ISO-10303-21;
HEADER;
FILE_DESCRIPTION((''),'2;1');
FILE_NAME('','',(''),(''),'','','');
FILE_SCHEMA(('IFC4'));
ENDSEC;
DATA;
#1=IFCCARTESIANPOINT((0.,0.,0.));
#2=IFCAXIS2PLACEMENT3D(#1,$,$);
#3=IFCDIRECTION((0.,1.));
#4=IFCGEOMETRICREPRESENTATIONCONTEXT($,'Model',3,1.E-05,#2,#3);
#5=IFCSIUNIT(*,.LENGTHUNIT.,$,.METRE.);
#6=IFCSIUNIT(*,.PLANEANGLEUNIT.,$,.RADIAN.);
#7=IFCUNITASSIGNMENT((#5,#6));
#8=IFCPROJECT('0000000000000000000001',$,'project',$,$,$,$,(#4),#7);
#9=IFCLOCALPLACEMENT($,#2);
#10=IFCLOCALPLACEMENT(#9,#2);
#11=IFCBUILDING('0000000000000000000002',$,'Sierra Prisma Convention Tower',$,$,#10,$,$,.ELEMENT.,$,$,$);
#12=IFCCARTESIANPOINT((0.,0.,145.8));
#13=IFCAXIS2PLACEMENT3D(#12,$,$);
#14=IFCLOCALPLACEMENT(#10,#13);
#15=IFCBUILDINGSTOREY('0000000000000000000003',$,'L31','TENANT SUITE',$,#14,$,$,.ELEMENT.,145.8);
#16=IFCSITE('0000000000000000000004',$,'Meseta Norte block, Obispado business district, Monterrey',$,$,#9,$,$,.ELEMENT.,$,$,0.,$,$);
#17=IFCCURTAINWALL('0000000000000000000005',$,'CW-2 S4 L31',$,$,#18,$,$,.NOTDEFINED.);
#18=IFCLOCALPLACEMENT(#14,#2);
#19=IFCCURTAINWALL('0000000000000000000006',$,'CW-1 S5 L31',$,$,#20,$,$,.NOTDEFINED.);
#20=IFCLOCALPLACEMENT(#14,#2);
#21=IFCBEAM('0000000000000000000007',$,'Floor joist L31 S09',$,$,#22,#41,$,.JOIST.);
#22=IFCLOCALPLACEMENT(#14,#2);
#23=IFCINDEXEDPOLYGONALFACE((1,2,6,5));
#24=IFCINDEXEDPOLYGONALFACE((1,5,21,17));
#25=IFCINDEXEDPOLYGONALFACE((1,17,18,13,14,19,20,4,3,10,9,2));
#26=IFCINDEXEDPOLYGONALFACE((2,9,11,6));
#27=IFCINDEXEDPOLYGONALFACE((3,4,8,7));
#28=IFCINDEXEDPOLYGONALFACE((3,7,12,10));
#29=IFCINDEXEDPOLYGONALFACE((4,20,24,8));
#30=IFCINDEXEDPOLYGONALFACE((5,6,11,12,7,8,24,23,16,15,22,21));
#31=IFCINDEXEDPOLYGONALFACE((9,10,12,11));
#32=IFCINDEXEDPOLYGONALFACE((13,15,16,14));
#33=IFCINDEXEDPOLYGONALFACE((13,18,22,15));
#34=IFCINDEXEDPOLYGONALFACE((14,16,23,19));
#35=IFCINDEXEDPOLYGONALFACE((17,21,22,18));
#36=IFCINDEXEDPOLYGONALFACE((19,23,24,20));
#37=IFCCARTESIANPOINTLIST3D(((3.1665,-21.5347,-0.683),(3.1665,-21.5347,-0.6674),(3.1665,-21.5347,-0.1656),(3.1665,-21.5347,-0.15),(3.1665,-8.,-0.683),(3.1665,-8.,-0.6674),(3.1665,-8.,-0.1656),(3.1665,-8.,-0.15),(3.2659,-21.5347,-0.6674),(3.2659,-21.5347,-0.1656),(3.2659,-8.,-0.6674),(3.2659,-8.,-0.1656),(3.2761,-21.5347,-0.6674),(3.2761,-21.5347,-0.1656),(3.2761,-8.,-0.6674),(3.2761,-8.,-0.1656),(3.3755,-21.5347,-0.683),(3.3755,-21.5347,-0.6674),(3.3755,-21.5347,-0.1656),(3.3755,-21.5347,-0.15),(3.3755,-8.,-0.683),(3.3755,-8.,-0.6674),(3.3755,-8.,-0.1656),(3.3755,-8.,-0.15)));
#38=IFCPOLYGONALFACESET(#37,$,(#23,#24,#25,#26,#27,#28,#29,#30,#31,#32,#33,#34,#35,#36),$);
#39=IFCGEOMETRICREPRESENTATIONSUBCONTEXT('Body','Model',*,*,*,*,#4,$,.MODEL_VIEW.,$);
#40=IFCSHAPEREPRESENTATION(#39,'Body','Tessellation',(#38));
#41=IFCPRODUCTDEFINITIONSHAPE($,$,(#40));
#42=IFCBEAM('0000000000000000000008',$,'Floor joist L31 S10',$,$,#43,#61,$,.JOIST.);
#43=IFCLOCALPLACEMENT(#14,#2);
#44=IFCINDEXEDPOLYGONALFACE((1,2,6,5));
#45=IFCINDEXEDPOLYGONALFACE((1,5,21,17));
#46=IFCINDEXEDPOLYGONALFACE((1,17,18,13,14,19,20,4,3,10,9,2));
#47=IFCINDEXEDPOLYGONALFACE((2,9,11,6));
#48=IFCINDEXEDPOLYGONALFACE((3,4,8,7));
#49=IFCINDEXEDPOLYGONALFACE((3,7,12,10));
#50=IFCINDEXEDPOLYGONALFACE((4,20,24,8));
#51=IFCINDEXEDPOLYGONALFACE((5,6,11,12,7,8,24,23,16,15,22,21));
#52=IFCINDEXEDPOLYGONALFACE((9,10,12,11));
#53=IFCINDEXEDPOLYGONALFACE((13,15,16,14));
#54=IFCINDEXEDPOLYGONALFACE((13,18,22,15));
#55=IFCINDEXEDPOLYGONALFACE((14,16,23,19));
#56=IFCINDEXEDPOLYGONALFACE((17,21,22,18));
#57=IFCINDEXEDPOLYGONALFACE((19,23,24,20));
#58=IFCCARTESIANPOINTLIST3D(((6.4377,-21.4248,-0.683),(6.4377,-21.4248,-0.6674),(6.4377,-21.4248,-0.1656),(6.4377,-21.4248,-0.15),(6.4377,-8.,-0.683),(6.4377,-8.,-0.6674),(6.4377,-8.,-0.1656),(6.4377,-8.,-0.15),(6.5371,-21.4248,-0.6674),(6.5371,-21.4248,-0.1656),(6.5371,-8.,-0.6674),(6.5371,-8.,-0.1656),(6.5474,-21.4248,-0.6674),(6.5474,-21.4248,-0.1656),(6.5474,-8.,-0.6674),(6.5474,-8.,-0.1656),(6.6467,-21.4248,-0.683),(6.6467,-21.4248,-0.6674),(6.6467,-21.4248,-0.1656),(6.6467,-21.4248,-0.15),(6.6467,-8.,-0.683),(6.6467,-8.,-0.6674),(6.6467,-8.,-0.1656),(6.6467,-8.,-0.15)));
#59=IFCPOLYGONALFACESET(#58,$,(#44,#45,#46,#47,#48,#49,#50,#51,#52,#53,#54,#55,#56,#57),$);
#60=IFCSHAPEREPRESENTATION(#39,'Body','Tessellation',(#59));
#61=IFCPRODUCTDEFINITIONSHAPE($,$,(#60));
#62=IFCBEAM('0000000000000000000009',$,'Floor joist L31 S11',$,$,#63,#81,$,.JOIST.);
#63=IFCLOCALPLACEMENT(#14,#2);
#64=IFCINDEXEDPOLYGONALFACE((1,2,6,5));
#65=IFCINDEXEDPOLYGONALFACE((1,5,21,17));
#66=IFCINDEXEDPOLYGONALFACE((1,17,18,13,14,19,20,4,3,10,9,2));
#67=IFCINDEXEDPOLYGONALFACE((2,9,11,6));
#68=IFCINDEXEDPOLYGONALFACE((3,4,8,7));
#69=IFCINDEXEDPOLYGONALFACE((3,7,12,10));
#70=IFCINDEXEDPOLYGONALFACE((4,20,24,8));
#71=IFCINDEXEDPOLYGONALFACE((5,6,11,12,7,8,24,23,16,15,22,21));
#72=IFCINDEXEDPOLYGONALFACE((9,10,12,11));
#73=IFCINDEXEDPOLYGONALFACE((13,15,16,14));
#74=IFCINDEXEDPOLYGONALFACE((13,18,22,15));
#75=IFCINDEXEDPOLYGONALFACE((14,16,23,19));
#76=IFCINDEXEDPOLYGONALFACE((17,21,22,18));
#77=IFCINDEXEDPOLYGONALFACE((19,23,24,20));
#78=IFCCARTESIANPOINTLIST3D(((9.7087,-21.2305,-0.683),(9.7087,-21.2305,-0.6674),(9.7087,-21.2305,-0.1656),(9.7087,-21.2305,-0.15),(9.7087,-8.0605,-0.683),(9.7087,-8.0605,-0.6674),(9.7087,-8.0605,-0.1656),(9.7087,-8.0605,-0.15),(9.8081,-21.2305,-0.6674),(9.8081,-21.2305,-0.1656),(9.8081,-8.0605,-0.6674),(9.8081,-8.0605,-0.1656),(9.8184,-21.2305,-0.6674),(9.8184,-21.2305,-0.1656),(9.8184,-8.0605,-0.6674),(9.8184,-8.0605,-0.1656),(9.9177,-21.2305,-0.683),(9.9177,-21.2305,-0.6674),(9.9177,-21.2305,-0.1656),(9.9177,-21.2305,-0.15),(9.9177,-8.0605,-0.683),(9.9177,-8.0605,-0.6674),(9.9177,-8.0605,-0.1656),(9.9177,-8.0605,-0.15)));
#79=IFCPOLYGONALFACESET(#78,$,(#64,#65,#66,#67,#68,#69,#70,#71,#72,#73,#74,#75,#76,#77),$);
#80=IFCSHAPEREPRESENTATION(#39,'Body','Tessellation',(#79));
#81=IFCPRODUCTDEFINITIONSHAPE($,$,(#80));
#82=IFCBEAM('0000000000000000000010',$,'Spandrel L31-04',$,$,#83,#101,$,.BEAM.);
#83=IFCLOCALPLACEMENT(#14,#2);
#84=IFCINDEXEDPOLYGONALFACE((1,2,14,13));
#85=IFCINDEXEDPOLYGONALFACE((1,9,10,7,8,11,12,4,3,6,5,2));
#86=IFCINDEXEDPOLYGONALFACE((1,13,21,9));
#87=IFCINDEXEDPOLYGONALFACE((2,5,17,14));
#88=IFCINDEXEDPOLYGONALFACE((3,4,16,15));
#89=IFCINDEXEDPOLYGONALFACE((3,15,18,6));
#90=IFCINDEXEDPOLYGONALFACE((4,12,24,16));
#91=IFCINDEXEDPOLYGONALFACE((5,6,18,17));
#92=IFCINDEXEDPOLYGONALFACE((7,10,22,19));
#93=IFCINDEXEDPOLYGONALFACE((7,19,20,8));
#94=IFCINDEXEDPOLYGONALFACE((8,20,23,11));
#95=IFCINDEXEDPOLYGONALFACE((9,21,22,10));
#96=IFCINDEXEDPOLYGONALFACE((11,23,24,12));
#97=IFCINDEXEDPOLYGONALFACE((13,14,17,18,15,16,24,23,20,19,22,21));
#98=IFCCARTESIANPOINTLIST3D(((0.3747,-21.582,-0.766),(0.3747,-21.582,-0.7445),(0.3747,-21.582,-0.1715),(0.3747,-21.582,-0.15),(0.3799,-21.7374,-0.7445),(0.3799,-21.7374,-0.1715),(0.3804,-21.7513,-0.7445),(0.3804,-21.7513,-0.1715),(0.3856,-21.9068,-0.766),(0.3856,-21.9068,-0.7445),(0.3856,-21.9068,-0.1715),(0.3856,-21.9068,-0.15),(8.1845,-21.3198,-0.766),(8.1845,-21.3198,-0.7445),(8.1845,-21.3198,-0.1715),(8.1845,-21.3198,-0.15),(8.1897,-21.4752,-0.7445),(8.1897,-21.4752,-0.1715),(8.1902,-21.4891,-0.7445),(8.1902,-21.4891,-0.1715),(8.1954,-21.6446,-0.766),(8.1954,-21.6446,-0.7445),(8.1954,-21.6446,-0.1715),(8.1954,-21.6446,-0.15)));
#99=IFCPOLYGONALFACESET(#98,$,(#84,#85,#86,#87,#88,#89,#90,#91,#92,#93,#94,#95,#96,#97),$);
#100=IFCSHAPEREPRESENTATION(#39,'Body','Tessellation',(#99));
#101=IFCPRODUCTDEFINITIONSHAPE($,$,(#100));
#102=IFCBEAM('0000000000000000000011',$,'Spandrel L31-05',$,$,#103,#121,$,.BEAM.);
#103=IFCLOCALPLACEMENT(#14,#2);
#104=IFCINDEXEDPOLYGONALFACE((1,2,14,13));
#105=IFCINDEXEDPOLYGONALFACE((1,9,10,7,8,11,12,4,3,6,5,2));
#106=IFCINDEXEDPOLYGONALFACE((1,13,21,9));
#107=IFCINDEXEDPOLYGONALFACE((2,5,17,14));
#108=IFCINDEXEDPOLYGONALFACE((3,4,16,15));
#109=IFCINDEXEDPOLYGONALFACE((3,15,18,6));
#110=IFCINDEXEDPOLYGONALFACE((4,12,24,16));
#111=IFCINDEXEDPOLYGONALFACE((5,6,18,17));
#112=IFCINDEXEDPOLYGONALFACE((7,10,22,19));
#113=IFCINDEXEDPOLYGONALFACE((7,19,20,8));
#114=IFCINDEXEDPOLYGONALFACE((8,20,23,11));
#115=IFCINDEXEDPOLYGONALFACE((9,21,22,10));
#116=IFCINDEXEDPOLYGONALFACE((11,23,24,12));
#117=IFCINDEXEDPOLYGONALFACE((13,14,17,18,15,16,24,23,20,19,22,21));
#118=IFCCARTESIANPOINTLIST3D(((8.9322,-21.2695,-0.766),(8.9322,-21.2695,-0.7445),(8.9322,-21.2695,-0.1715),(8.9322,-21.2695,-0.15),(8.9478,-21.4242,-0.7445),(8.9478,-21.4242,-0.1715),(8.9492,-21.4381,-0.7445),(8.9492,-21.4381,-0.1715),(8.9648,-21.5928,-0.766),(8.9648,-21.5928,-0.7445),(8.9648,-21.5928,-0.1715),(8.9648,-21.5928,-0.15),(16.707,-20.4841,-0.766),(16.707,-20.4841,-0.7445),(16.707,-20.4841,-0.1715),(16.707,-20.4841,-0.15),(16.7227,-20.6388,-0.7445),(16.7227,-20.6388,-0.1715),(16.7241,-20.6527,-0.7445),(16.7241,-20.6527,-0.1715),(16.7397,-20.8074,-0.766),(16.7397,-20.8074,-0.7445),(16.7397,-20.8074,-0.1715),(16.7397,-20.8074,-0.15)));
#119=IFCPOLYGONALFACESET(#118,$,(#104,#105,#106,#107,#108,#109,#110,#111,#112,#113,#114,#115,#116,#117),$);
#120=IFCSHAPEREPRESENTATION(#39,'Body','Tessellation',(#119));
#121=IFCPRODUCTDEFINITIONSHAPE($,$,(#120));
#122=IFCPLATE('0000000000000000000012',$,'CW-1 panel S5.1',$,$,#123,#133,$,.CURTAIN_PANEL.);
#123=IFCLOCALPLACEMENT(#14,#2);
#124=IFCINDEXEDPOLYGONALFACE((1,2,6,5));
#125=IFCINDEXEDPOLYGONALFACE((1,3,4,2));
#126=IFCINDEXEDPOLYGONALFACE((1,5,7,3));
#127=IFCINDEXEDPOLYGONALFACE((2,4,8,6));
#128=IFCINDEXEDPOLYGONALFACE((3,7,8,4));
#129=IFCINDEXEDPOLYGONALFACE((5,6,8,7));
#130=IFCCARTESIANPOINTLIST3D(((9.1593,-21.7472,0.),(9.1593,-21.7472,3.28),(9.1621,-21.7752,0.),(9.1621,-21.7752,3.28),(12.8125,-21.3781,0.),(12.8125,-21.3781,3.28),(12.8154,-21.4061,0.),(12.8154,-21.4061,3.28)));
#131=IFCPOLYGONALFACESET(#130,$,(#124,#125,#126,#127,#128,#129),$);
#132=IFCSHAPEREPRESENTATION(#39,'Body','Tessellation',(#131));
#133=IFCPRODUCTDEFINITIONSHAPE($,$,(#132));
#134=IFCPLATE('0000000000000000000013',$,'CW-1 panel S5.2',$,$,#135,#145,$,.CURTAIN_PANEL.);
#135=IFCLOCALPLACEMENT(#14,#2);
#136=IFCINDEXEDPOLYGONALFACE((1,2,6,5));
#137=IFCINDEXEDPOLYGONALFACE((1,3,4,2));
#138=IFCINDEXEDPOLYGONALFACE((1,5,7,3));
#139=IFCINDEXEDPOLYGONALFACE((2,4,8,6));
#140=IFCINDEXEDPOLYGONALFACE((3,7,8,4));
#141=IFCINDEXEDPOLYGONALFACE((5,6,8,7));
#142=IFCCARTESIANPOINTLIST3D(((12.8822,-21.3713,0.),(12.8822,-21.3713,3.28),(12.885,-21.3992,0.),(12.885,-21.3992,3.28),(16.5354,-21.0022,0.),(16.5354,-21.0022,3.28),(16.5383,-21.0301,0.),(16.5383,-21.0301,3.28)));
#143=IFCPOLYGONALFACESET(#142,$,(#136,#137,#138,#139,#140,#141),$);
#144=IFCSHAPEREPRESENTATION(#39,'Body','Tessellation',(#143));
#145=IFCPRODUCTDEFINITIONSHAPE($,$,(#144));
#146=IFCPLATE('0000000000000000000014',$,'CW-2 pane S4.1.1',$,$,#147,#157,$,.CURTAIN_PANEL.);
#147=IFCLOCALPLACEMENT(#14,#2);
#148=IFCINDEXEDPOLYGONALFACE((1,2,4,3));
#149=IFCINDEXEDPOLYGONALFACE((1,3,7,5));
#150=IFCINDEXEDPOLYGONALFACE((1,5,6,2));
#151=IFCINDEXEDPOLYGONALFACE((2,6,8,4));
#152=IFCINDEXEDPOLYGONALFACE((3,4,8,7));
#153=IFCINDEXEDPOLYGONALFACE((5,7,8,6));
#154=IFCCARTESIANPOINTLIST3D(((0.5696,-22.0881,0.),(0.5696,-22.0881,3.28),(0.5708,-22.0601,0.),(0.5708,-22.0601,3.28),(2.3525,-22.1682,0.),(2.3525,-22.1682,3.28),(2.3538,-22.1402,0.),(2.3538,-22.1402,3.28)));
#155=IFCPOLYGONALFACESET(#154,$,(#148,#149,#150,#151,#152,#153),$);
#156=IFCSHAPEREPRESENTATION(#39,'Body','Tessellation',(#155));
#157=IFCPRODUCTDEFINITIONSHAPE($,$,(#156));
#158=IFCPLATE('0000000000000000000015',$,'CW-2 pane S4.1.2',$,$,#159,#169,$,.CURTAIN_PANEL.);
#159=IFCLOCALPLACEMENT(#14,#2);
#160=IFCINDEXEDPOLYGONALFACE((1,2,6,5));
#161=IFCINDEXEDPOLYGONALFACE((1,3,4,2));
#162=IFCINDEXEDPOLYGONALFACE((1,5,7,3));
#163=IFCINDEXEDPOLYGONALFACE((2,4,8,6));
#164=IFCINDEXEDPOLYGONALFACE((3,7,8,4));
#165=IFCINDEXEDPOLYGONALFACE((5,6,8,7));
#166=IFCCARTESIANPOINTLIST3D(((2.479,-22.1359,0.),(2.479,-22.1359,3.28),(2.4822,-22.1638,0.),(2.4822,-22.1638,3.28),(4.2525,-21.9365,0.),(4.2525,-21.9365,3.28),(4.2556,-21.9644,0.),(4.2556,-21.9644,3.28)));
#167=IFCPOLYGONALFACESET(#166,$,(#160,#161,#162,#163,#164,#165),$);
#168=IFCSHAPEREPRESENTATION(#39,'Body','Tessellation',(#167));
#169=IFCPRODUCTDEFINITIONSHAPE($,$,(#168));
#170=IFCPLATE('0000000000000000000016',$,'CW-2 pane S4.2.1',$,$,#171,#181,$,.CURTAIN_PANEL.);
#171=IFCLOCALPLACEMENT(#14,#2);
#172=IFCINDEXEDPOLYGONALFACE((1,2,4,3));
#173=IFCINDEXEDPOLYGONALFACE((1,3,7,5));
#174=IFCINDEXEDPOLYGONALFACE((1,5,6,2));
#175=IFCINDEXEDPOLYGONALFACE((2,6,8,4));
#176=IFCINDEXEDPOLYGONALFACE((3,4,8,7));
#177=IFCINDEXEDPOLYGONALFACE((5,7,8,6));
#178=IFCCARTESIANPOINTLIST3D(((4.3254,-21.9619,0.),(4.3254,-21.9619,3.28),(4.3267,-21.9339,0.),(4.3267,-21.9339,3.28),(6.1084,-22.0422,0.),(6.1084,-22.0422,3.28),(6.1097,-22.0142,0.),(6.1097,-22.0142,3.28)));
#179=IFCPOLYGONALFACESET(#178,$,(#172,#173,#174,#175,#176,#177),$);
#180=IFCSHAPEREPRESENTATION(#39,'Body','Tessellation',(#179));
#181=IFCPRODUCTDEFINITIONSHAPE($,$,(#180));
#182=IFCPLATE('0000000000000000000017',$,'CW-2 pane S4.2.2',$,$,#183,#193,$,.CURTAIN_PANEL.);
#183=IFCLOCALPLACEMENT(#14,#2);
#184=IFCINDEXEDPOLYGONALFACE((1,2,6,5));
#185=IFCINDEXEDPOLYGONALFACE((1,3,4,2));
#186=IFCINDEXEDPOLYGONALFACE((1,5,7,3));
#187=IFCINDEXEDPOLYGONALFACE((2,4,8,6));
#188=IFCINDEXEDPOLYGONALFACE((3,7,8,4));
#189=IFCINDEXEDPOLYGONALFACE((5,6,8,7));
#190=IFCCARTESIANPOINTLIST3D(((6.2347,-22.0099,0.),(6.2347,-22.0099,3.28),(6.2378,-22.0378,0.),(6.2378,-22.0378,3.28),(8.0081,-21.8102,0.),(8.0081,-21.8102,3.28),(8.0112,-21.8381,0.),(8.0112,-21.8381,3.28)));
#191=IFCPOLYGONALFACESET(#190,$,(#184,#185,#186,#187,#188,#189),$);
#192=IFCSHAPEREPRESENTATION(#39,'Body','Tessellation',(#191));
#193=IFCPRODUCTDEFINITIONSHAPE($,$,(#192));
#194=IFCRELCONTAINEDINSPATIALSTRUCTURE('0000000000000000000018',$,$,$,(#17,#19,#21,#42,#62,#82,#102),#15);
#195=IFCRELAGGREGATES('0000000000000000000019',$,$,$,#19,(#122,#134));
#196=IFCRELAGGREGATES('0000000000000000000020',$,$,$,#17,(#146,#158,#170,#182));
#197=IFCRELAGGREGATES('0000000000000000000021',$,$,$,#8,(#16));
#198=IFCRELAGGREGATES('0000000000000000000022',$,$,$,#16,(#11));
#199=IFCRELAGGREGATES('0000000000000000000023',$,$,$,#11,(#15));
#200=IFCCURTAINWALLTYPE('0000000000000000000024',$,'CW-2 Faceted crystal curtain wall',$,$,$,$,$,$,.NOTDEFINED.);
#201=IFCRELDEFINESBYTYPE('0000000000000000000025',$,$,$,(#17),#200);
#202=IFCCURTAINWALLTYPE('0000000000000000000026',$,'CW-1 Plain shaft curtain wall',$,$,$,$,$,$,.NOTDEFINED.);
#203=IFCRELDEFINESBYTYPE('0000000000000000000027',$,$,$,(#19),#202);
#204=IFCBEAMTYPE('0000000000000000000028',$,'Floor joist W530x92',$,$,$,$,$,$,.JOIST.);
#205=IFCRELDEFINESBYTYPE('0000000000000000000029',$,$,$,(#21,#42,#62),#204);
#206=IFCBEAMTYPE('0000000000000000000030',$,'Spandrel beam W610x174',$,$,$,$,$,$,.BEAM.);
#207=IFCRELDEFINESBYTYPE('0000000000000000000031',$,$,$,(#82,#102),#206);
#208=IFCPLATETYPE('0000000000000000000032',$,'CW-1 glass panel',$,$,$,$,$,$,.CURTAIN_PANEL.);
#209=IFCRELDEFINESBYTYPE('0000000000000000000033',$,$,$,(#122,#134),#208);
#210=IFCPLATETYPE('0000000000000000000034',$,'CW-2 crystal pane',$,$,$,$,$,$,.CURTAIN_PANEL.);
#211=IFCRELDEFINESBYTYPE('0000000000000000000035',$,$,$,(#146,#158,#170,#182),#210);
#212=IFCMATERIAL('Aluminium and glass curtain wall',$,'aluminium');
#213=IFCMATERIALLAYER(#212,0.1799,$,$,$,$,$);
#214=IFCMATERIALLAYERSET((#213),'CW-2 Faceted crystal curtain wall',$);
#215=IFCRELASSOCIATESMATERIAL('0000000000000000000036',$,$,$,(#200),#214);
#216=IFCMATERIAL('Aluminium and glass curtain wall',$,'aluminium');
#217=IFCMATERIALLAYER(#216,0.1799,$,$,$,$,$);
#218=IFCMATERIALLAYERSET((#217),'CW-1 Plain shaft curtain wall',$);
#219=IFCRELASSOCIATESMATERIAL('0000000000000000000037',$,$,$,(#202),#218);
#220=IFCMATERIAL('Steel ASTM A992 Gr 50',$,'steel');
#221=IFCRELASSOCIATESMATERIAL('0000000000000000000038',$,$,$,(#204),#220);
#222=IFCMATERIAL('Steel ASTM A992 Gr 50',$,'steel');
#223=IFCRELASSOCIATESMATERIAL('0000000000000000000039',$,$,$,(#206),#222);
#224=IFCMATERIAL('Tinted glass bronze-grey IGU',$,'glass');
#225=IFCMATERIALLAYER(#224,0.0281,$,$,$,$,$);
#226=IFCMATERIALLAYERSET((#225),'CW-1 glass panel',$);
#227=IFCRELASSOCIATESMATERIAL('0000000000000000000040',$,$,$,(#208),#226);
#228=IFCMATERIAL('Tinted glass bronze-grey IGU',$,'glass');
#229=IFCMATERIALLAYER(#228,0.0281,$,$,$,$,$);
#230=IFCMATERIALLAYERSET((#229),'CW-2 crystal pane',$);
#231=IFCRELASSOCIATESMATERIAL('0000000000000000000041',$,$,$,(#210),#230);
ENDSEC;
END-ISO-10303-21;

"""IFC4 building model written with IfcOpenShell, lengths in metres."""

from ifc_helpers import new_model, si_unit, direction, frame, origin, origin_2d, place, context, subcontext, project, spatial, polyline, rectangle, i_section, outline, extrude, material, layer, layer_set, material_profile, profile_set, type_object, element, aggregate, save


model = new_model("IFC4")

# Units and contexts
model_context = context("Model", 3, precision=1e-05, world=origin(), true_north=direction((0.0, 1.0)))
body_context = subcontext(model_context, "Body", "Model", "MODEL_VIEW")
ifc_project = project(units=[si_unit("LENGTHUNIT", "METRE"), si_unit("PLANEANGLEUNIT", "RADIAN")], contexts=[model_context])

# Site, building, storey
site_placement = place(None, origin())
site = spatial("IfcSite", under=ifc_project, at=site_placement, Name="Meseta Norte block, Obispado business district, Monterrey", CompositionType="ELEMENT", RefElevation=0.0)
building_placement = place(site_placement, origin())
building = spatial("IfcBuilding", under=site, at=building_placement, Name="Sierra Prisma Convention Tower", CompositionType="ELEMENT")
storey_placement = place(building_placement, frame((0.0, 0.0, 145.8)))
storey = spatial("IfcBuildingStorey", under=building, at=storey_placement, Name="L31", Description="TENANT SUITE", CompositionType="ELEMENT", Elevation=145.8)

# Curtain walls
ifc_material_1 = material(Name="Aluminium and glass curtain wall", Category="aluminium")
ifc_layer_1 = layer(ifc_material_1, 0.1799)
ifc_layer_set_1 = layer_set([ifc_layer_1], Name="CW-2 Faceted crystal curtain wall")
curtain_wall_type_1 = type_object("IfcCurtainWallType", Name="CW-2 Faceted crystal curtain wall", PredefinedType="NOTDEFINED", material=ifc_layer_set_1)
curtain_wall_1_placement = place(storey_placement, origin())
curtain_wall_1 = element("IfcCurtainWall", 1, at=curtain_wall_1_placement, inside=storey, type_object=curtain_wall_type_1, Name="CW-2 S4 L31", PredefinedType="NOTDEFINED")
ifc_material_2 = material(Name="Aluminium and glass curtain wall", Category="aluminium")
ifc_layer_2 = layer(ifc_material_2, 0.1799)
ifc_layer_set_2 = layer_set([ifc_layer_2], Name="CW-1 Plain shaft curtain wall")
curtain_wall_type_2 = type_object("IfcCurtainWallType", Name="CW-1 Plain shaft curtain wall", PredefinedType="NOTDEFINED", material=ifc_layer_set_2)
curtain_wall_2_placement = place(storey_placement, origin())
curtain_wall_2 = element("IfcCurtainWall", 2, at=curtain_wall_2_placement, inside=storey, type_object=curtain_wall_type_2, Name="CW-1 S5 L31", PredefinedType="NOTDEFINED")

# Beams
ifc_material_3 = material(Name="Steel ASTM A992 Gr 50", Category="steel")
ifc_material_profile_1 = material_profile(ifc_material_3, i_section(OverallWidth=0.209, OverallDepth=0.533, WebThickness=0.0103, FlangeThickness=0.0156, at=origin_2d()), Name="W530x92")
ifc_profile_set_1 = profile_set([ifc_material_profile_1], Name="Steel ASTM A992 Gr 50")
beam_type_1 = type_object("IfcBeamType", Name="Floor joist W530x92", PredefinedType="JOIST", material=ifc_profile_set_1)
beam_1_placement = place(storey_placement, frame((3.271, -21.5347, -0.4165), z_axis=(0.0, 1.0, 0.0), x_axis=(-1.0, 0.0, 0.0)))
element("IfcBeam", 3, at=beam_1_placement, inside=storey, type_object=beam_type_1, Name="Floor joist L31 S09", PredefinedType="JOIST", context=body_context, shape_type="SweptSolid", body=[
    extrude(i_section(OverallWidth=0.209, OverallDepth=0.533, WebThickness=0.0103, FlangeThickness=0.0156, at=origin_2d()), origin(), (0.0, 0.0, 1.0), 13.5347),
])
beam_2_placement = place(storey_placement, frame((6.5422, -21.4248, -0.4165), z_axis=(0.0, 1.0, 0.0), x_axis=(-1.0, 0.0, 0.0)))
element("IfcBeam", 4, at=beam_2_placement, inside=storey, type_object=beam_type_1, Name="Floor joist L31 S10", PredefinedType="JOIST", context=body_context, shape_type="SweptSolid", body=[
    extrude(i_section(OverallWidth=0.209, OverallDepth=0.533, WebThickness=0.0103, FlangeThickness=0.0156, at=origin_2d()), origin(), (0.0, 0.0, 1.0), 13.4248),
])
beam_3_placement = place(storey_placement, frame((9.8132, -21.2305, -0.4165), z_axis=(0.0, 1.0, 0.0), x_axis=(-1.0, 0.0, 0.0)))
element("IfcBeam", 5, at=beam_3_placement, inside=storey, type_object=beam_type_1, Name="Floor joist L31 S11", PredefinedType="JOIST", context=body_context, shape_type="SweptSolid", body=[
    extrude(i_section(OverallWidth=0.209, OverallDepth=0.533, WebThickness=0.0103, FlangeThickness=0.0156, at=origin_2d()), origin(), (0.0, 0.0, 1.0), 13.1699),
])
ifc_material_4 = material(Name="Steel ASTM A992 Gr 50", Category="steel")
ifc_material_profile_2 = material_profile(ifc_material_4, i_section(OverallWidth=0.325, OverallDepth=0.616, WebThickness=0.0139, FlangeThickness=0.0215, at=origin_2d()), Name="W610x174")
ifc_profile_set_2 = profile_set([ifc_material_profile_2], Name="Steel ASTM A992 Gr 50")
beam_type_2 = type_object("IfcBeamType", Name="Spandrel beam W610x174", PredefinedType="BEAM", material=ifc_profile_set_2)
beam_4_placement = place(storey_placement, frame((0.3801, -21.7444, -0.458), z_axis=(0.999437, 0.033555, 0.0), x_axis=(-0.033555, 0.999437, 0.0)))
element("IfcBeam", 6, at=beam_4_placement, inside=storey, type_object=beam_type_2, Name="Spandrel L31-04", PredefinedType="BEAM", context=body_context, shape_type="SweptSolid", body=[
    extrude(i_section(OverallWidth=0.325, OverallDepth=0.616, WebThickness=0.0139, FlangeThickness=0.0215, at=origin_2d()), origin(), (0.0, 0.0, 1.0), 7.8142),
])
beam_5_placement = place(storey_placement, frame((8.9485, -21.4312, -0.458), z_axis=(0.994936, 0.100506, 0.0), x_axis=(-0.100506, 0.994936, 0.0)))
element("IfcBeam", 7, at=beam_5_placement, inside=storey, type_object=beam_type_2, Name="Spandrel L31-05", PredefinedType="BEAM", context=body_context, shape_type="SweptSolid", body=[
    extrude(i_section(OverallWidth=0.325, OverallDepth=0.616, WebThickness=0.0139, FlangeThickness=0.0215, at=origin_2d()), origin(), (0.0, 0.0, 1.0), 7.8145),
])

# Plates
ifc_material_5 = material(Name="Tinted glass bronze-grey IGU", Category="glass")
ifc_layer_3 = layer(ifc_material_5, 0.0281)
ifc_layer_set_3 = layer_set([ifc_layer_3], Name="CW-1 glass panel")
plate_type_1 = type_object("IfcPlateType", Name="CW-1 glass panel", PredefinedType="CURTAIN_PANEL", material=ifc_layer_set_3)
plate_1_placement = place(storey_placement, frame((10.9873, -21.5767, 0.0), z_axis=(0.0, 0.0, 1.0), x_axis=(0.994935, 0.100518, 0.0)))
plate_1 = element("IfcPlate", 8, at=plate_1_placement, type_object=plate_type_1, Name="CW-1 panel S5.1", PredefinedType="CURTAIN_PANEL", context=body_context, shape_type="SweptSolid", body=[
    extrude(rectangle(XDim=3.6719, YDim=0.0281, at=origin_2d()), origin(), (0.0, 0.0, 1.0), 3.28),
])
plate_2_placement = place(storey_placement, frame((14.7102, -21.2007, 0.0), z_axis=(0.0, 0.0, 1.0), x_axis=(0.994935, 0.100518, 0.0)))
plate_2 = element("IfcPlate", 9, at=plate_2_placement, type_object=plate_type_1, Name="CW-1 panel S5.2", PredefinedType="CURTAIN_PANEL", context=body_context, shape_type="SweptSolid", body=[
    extrude(rectangle(XDim=3.6719, YDim=0.0281, at=origin_2d()), origin(), (0.0, 0.0, 1.0), 3.28),
])
aggregate(curtain_wall_2, [plate_1, plate_2])
ifc_material_6 = material(Name="Tinted glass bronze-grey IGU", Category="glass")
ifc_layer_4 = layer(ifc_material_6, 0.0281)
ifc_layer_set_4 = layer_set([ifc_layer_4], Name="CW-2 crystal pane")
plate_type_2 = type_object("IfcPlateType", Name="CW-2 crystal pane", PredefinedType="CURTAIN_PANEL", material=ifc_layer_set_4)
plate_3_placement = place(storey_placement, frame((0.5696, -22.0881, 0.0), z_axis=(-0.044868, -0.998993, 0.0), x_axis=(0.998993, -0.044868, 0.0)))
plate_3 = element("IfcPlate", 10, at=plate_3_placement, type_object=plate_type_2, Name="CW-2 pane S4.1.1", PredefinedType="CURTAIN_PANEL", context=body_context, shape_type="SweptSolid", body=[
    extrude(outline(polyline([(0.0, 0.0), (1.7848, 0.0), (1.7848, 3.28), (0.0, 3.28), (0.0, 0.0)])), origin(), (0.0, 0.0, -1.0), 0.0281),
])
plate_4_placement = place(storey_placement, frame((4.2556, -21.9644, 0.0), z_axis=(0.111768, -0.993734, 0.0), x_axis=(-0.993734, -0.111768, 0.0)))
plate_4 = element("IfcPlate", 11, at=plate_4_placement, type_object=plate_type_2, Name="CW-2 pane S4.1.2", PredefinedType="CURTAIN_PANEL", context=body_context, shape_type="SweptSolid", body=[
    extrude(outline(polyline([(0.0, 0.0), (1.7846, 0.0), (1.7846, -3.28), (0.0, -3.28), (0.0, 0.0)])), origin(), (0.0, 0.0, -1.0), 0.0281),
])
plate_5_placement = place(storey_placement, frame((4.3254, -21.9619, 0.0), z_axis=(-0.045004, -0.998987, 0.0), x_axis=(0.998987, -0.045004, 0.0)))
plate_5 = element("IfcPlate", 12, at=plate_5_placement, type_object=plate_type_2, Name="CW-2 pane S4.2.1", PredefinedType="CURTAIN_PANEL", context=body_context, shape_type="SweptSolid", body=[
    extrude(outline(polyline([(0.0, 0.0), (1.7848, 0.0), (1.7848, 3.28), (0.0, 3.28), (0.0, 0.0)])), origin(), (0.0, 0.0, -1.0), 0.0281),
])
plate_6_placement = place(storey_placement, frame((8.0112, -21.8381, 0.0), z_axis=(0.111903, -0.993719, 0.0), x_axis=(-0.993719, -0.111903, 0.0)))
plate_6 = element("IfcPlate", 13, at=plate_6_placement, type_object=plate_type_2, Name="CW-2 pane S4.2.2", PredefinedType="CURTAIN_PANEL", context=body_context, shape_type="SweptSolid", body=[
    extrude(outline(polyline([(0.0, 0.0), (1.7846, 0.0), (1.7846, -3.28), (0.0, -3.28), (0.0, 0.0)])), origin(), (0.0, 0.0, -1.0), 0.0281),
])
aggregate(curtain_wall_1, [plate_3, plate_4, plate_5, plate_6])

save(model, "model.ifc")
